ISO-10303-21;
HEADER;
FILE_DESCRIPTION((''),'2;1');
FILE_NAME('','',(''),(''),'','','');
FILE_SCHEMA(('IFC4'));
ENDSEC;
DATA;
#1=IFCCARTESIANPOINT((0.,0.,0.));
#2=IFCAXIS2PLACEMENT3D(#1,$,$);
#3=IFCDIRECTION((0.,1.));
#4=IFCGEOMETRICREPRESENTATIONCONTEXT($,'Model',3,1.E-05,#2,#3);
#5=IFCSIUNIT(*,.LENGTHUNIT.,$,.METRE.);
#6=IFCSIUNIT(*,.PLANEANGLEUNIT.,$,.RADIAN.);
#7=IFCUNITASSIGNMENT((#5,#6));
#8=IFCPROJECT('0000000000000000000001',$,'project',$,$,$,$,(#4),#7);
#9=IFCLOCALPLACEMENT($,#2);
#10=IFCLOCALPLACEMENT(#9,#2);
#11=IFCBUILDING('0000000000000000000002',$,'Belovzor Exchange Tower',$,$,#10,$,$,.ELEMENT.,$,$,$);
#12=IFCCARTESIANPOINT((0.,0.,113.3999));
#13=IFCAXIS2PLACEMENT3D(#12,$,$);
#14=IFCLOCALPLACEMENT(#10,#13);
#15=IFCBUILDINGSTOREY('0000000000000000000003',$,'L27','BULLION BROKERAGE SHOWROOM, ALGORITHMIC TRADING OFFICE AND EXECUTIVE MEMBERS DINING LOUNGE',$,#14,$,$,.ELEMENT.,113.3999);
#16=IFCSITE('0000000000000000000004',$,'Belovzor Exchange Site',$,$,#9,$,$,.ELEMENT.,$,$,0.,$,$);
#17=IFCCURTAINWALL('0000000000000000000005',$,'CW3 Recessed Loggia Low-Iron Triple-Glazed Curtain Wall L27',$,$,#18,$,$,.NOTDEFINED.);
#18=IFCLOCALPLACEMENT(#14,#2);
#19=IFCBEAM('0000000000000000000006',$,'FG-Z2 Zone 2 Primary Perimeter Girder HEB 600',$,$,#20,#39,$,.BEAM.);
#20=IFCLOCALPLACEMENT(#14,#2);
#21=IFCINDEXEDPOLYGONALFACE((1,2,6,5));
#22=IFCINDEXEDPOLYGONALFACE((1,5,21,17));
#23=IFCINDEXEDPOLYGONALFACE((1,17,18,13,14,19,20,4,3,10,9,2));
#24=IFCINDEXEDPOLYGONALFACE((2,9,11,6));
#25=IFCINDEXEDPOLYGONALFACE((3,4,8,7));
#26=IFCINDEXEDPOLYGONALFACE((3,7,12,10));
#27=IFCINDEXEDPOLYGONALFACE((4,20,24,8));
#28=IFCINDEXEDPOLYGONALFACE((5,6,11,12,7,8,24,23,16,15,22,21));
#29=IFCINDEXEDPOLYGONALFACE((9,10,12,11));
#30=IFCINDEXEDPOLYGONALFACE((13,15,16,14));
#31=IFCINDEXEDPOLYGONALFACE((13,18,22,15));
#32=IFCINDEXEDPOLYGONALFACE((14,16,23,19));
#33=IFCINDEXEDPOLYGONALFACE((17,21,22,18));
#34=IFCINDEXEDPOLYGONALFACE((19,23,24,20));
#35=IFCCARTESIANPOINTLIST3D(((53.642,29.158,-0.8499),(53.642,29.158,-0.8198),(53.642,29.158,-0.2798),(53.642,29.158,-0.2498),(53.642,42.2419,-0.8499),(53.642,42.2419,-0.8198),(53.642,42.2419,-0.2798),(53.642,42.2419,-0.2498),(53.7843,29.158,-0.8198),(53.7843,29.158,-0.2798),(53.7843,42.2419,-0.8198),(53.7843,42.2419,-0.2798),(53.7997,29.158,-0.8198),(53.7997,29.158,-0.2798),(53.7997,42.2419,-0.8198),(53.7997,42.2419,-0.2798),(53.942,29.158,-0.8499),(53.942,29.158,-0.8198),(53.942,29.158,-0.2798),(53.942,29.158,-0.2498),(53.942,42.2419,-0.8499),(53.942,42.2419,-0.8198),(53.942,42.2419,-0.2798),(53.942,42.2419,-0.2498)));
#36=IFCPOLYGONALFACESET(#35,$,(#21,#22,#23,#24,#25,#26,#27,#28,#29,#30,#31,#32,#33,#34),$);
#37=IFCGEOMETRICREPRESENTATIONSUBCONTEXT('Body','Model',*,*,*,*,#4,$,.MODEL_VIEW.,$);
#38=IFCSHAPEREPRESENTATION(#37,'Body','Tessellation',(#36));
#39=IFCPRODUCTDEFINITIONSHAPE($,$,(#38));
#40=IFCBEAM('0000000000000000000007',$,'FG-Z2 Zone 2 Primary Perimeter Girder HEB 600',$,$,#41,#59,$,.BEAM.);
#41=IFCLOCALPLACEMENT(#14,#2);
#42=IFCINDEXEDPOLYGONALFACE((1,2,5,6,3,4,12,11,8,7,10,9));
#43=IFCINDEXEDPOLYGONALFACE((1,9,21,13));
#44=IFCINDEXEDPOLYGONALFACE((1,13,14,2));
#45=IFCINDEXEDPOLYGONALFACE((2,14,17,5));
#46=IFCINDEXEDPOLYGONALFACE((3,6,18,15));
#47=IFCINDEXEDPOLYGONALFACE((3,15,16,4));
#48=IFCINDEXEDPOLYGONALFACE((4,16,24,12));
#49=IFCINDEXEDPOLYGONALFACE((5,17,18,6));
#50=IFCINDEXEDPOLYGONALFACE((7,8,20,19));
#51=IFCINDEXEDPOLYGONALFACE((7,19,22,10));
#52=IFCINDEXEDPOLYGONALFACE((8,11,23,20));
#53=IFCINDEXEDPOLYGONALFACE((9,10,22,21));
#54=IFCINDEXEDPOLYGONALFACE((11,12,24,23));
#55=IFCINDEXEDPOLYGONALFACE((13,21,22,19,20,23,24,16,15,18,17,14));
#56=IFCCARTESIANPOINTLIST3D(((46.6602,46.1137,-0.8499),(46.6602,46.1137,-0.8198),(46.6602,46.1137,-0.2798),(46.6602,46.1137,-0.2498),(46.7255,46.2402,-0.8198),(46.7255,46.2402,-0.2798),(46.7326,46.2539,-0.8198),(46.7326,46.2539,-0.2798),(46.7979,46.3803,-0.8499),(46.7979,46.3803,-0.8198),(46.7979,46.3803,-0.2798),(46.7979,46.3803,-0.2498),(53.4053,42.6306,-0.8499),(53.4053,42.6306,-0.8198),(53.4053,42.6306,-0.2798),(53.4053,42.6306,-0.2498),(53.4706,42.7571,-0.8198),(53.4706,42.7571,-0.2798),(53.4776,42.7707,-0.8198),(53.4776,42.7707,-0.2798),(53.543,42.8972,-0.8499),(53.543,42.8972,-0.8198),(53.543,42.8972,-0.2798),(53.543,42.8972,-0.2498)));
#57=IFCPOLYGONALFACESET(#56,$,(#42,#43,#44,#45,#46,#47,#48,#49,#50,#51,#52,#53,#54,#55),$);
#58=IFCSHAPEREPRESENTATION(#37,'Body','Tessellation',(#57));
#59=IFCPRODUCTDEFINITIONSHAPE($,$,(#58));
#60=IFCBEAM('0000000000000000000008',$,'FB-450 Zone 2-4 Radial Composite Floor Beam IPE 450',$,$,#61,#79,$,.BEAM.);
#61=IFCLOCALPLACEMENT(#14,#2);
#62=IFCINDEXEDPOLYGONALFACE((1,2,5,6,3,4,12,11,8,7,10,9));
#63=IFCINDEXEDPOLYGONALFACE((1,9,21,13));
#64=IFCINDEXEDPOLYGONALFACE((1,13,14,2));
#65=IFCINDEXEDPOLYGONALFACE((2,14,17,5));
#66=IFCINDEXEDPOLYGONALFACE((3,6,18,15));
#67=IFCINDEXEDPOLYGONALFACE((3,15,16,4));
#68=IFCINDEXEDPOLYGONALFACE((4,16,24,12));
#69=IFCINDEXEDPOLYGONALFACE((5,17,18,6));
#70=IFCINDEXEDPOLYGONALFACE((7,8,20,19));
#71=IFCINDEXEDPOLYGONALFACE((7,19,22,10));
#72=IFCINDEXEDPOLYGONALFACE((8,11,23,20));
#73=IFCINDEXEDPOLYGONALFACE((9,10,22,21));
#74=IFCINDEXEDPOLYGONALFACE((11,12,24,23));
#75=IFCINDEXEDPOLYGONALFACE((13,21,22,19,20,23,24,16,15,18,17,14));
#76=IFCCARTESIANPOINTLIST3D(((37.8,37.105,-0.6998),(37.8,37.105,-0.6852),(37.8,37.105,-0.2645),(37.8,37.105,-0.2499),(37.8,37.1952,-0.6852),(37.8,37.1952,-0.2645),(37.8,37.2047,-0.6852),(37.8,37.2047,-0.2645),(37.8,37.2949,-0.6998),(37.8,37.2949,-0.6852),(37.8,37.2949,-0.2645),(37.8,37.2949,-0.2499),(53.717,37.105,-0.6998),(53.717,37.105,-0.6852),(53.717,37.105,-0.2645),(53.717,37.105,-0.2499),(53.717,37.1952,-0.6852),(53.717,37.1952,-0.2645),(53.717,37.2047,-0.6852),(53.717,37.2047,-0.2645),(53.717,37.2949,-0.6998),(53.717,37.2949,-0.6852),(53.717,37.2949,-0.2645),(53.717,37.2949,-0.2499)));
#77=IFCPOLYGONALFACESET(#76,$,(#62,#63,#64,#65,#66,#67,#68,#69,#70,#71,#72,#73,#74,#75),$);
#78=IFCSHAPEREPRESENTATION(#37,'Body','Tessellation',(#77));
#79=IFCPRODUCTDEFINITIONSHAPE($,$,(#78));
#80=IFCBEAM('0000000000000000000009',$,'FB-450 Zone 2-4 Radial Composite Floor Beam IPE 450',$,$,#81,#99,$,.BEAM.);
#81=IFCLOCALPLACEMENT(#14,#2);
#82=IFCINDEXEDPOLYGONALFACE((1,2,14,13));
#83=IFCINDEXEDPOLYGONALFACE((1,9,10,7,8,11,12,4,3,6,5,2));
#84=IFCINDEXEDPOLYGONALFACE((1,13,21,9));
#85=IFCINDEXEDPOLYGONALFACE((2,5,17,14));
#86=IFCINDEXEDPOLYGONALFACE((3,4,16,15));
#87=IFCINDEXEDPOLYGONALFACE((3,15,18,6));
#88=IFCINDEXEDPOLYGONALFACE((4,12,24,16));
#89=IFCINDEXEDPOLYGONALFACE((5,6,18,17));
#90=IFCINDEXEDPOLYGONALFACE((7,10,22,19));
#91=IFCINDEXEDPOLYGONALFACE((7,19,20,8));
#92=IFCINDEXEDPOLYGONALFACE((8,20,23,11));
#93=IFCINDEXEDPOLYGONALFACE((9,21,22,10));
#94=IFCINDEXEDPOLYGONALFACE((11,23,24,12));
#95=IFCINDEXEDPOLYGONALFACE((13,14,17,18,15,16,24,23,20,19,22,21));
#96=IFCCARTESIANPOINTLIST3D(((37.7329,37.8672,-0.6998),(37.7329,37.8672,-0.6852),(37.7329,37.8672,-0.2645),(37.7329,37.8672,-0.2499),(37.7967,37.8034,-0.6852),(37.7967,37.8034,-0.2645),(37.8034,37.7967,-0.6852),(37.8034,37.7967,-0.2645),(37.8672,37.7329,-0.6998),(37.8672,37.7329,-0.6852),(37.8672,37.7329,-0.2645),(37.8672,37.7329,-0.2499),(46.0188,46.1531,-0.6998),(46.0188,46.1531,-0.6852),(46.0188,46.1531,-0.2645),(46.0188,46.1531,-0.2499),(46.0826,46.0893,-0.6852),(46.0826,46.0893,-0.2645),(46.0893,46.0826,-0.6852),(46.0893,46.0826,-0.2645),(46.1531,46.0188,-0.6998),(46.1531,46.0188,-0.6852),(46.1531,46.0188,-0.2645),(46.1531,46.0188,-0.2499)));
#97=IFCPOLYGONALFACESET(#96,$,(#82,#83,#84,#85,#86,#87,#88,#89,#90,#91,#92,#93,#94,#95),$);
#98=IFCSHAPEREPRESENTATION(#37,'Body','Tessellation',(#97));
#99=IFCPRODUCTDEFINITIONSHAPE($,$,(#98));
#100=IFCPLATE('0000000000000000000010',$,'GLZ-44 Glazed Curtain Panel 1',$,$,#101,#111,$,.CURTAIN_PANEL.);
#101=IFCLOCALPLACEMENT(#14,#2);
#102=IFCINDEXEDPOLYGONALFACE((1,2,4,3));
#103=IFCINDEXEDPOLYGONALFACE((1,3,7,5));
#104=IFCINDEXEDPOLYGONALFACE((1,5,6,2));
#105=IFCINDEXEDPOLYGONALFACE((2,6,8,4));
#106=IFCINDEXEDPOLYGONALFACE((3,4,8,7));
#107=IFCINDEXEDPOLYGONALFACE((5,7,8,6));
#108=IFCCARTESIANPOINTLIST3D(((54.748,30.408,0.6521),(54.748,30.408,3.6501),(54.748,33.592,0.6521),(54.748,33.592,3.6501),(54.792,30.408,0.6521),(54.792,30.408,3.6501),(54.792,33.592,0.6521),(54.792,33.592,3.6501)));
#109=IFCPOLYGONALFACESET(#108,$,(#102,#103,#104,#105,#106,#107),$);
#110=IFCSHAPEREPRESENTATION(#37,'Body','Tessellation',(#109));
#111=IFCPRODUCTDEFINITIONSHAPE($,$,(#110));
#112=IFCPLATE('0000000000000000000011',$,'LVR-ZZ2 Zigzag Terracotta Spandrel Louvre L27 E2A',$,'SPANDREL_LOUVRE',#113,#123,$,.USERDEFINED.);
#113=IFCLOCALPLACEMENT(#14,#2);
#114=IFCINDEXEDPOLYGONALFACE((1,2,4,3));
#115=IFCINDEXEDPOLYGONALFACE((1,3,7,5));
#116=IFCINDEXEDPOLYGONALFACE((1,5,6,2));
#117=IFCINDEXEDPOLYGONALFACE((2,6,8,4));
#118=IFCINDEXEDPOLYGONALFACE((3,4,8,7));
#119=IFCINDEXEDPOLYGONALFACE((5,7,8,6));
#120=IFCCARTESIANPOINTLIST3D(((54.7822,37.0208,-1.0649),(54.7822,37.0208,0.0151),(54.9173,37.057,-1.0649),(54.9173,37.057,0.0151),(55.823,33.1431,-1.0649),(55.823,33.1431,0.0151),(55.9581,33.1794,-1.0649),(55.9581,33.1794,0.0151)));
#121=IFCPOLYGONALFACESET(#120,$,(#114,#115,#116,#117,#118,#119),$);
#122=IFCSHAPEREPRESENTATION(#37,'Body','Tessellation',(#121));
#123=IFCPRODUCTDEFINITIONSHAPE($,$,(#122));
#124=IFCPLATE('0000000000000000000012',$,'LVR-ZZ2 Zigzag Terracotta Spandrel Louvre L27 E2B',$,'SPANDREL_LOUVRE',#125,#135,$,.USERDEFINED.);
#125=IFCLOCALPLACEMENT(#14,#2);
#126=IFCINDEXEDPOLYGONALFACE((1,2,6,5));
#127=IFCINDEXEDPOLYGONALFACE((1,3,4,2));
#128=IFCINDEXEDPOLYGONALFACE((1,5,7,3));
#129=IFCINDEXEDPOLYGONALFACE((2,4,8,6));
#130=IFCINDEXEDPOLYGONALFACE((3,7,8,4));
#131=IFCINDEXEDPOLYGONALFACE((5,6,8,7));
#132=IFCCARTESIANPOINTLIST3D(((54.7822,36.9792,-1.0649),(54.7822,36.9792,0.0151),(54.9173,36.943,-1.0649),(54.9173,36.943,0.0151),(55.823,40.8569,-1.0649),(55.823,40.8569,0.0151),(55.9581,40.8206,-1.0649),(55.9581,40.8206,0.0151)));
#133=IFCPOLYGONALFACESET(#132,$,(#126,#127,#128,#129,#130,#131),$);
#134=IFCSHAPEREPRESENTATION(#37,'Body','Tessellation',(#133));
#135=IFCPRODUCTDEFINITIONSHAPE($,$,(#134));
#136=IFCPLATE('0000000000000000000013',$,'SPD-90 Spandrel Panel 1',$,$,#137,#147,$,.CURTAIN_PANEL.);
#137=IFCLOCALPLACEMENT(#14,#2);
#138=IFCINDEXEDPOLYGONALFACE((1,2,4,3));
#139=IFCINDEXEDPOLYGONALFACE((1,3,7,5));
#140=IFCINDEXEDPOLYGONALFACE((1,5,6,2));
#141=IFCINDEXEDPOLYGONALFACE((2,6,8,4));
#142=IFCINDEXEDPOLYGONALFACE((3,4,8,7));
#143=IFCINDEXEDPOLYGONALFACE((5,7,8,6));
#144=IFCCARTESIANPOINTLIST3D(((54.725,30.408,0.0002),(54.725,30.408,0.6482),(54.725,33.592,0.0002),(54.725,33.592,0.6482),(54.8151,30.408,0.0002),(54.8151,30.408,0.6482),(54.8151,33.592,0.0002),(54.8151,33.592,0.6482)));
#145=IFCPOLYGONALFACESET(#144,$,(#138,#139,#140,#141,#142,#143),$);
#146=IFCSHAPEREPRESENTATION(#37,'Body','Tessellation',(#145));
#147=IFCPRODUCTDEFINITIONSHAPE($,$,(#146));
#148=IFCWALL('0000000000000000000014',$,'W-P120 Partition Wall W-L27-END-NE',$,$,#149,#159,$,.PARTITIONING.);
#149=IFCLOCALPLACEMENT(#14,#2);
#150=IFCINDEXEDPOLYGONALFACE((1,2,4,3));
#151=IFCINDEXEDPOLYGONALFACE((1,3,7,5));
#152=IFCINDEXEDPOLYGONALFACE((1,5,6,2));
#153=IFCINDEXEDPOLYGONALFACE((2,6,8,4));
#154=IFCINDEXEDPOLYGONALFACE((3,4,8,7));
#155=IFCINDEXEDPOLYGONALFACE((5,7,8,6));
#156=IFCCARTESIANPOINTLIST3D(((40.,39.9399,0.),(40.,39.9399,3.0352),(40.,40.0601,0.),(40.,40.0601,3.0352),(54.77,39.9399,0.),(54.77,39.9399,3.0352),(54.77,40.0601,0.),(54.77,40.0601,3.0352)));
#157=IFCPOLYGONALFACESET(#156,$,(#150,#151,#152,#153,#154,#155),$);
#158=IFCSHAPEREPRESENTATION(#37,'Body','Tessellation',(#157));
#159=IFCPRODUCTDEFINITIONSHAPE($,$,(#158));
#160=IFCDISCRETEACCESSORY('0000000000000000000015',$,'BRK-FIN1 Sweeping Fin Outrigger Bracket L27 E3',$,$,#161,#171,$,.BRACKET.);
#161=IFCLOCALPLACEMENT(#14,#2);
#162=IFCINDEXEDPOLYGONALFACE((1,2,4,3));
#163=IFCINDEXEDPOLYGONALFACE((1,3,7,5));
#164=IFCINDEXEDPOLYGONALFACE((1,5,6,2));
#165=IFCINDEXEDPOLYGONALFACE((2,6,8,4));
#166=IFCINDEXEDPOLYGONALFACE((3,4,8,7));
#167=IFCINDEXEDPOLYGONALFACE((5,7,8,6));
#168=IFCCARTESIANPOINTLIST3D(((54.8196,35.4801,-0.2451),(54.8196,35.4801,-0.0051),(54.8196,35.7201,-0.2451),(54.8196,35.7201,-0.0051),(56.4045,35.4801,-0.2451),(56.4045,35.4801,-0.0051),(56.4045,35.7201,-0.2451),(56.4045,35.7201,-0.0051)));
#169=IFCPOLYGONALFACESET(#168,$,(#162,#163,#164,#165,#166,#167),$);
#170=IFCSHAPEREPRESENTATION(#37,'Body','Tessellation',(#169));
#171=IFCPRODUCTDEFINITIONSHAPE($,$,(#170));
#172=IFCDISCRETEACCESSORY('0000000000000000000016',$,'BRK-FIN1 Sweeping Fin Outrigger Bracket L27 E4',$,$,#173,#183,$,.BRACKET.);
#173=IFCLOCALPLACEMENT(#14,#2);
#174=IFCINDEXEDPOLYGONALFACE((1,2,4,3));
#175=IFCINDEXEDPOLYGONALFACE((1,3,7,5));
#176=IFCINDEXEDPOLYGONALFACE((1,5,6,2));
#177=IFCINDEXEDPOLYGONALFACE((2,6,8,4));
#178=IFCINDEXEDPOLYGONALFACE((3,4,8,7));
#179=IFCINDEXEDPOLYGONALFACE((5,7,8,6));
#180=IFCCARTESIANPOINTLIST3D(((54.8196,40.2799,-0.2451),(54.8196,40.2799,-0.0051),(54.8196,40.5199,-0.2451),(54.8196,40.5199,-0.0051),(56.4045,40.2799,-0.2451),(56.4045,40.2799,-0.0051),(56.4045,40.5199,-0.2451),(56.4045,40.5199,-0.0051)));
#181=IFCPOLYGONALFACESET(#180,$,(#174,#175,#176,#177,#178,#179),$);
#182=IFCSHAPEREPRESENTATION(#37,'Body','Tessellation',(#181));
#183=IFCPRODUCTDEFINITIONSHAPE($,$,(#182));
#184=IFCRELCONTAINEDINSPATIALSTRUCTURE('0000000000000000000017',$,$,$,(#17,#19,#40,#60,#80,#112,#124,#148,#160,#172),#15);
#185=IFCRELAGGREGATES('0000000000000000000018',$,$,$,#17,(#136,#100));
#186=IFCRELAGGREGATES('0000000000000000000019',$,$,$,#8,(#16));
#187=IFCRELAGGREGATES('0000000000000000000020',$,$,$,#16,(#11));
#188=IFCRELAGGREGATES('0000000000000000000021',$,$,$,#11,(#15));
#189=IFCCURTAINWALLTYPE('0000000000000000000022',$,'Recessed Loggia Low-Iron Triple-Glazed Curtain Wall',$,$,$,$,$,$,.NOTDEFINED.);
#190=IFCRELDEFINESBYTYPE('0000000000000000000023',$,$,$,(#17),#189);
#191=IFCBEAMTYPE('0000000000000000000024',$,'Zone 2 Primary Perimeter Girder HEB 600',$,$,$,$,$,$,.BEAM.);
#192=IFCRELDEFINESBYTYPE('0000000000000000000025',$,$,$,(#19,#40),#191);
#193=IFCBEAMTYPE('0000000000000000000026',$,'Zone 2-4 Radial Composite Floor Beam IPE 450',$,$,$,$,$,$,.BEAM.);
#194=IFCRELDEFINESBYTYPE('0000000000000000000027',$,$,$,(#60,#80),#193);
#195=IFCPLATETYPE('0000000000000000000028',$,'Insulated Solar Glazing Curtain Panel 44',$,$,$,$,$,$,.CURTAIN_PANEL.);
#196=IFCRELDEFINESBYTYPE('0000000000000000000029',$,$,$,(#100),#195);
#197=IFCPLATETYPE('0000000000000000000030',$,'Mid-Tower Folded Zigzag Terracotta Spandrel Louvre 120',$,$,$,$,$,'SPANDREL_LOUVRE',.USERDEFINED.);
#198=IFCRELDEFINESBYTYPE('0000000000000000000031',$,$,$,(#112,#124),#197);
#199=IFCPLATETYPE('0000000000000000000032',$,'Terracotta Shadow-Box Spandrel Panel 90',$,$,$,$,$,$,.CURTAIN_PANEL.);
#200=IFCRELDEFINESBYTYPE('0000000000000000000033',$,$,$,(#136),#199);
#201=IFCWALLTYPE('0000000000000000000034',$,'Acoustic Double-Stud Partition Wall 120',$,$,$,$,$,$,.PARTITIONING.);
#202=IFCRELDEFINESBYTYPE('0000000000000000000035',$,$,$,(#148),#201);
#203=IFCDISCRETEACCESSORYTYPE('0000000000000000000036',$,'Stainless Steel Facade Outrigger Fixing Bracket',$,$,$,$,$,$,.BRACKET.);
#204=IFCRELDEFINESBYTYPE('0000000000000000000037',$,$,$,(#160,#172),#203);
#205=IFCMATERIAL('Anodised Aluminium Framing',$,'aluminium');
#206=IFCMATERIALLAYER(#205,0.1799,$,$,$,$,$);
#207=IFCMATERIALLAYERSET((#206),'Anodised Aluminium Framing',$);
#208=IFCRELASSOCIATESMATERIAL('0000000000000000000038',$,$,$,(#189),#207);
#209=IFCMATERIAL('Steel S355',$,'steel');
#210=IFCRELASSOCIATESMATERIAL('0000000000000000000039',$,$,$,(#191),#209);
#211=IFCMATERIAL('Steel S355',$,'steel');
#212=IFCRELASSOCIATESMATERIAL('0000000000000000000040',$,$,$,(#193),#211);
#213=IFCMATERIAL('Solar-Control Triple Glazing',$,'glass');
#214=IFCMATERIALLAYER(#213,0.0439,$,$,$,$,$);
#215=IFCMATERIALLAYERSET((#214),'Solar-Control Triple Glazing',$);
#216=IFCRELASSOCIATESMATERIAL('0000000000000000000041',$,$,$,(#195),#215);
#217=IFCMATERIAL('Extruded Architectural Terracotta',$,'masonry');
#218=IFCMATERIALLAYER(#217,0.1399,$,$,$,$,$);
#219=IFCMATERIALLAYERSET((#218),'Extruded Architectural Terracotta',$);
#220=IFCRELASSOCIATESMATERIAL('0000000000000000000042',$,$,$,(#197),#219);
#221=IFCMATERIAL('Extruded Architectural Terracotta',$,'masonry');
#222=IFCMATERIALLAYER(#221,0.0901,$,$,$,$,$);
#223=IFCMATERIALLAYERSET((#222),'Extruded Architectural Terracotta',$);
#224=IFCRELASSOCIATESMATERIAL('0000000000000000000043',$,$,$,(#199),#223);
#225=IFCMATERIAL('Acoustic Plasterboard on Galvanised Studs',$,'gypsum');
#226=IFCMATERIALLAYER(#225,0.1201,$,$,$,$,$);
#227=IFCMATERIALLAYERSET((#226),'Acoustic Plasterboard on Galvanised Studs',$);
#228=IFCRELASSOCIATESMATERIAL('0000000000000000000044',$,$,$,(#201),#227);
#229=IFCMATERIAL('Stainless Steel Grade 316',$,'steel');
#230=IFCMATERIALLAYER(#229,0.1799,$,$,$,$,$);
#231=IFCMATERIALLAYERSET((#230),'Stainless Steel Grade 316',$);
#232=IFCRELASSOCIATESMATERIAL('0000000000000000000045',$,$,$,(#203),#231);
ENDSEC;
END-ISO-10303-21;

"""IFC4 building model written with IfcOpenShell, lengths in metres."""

from ifc_helpers import new_model, si_unit, direction, frame, frame_2d, origin, origin_2d, place, context, subcontext, project, spatial, rectangle, i_section, extrude, material, layer, layer_set, material_profile, profile_set, type_object, element, aggregate, save


model = new_model("IFC4")

# Units and contexts
model_context = context("Model", 3, precision=1e-05, world=origin(), true_north=direction((0.0, 1.0)))
body_context = subcontext(model_context, "Body", "Model", "MODEL_VIEW")
ifc_project = project(units=[si_unit("LENGTHUNIT", "METRE"), si_unit("PLANEANGLEUNIT", "RADIAN")], contexts=[model_context])

# Site, building, storey
site_placement = place(None, origin())
site = spatial("IfcSite", under=ifc_project, at=site_placement, Name="Belovzor Exchange Site", CompositionType="ELEMENT", RefElevation=0.0)
building_placement = place(site_placement, origin())
building = spatial("IfcBuilding", under=site, at=building_placement, Name="Belovzor Exchange Tower", CompositionType="ELEMENT")
storey_placement = place(building_placement, frame((0.0, 0.0, 113.3999)))
storey = spatial("IfcBuildingStorey", under=building, at=storey_placement, Name="L27", Description="BULLION BROKERAGE SHOWROOM, ALGORITHMIC TRADING OFFICE AND EXECUTIVE MEMBERS DINING LOUNGE", CompositionType="ELEMENT", Elevation=113.3999)

# Curtain wall
ifc_material_1 = material(Name="Anodised Aluminium Framing", Category="aluminium")
ifc_layer_1 = layer(ifc_material_1, 0.1799)
ifc_layer_set_1 = layer_set([ifc_layer_1], Name="Anodised Aluminium Framing")
curtain_wall_type = type_object("IfcCurtainWallType", Name="Recessed Loggia Low-Iron Triple-Glazed Curtain Wall", PredefinedType="NOTDEFINED", material=ifc_layer_set_1)
curtain_wall_placement = place(storey_placement, origin())
curtain_wall = element("IfcCurtainWall", 1, at=curtain_wall_placement, inside=storey, type_object=curtain_wall_type, Name="CW3 Recessed Loggia Low-Iron Triple-Glazed Curtain Wall L27", PredefinedType="NOTDEFINED")

# Beams
ifc_material_2 = material(Name="Steel S355", Category="steel")
ifc_material_profile_1 = material_profile(ifc_material_2, i_section(OverallWidth=0.3, OverallDepth=0.6001, WebThickness=0.0154, FlangeThickness=0.03, at=origin_2d()))
ifc_profile_set_1 = profile_set([ifc_material_profile_1], Name="Steel S355")
beam_type_1 = type_object("IfcBeamType", Name="Zone 2 Primary Perimeter Girder HEB 600", PredefinedType="BEAM", material=ifc_profile_set_1)
beam_1_placement = place(storey_placement, frame((53.792, 29.158, -0.5498), z_axis=(0.0, 1.0, 0.0), x_axis=(-1.0, 0.0, 0.0)))
element("IfcBeam", 2, at=beam_1_placement, inside=storey, type_object=beam_type_1, Name="FG-Z2 Zone 2 Primary Perimeter Girder HEB 600", PredefinedType="BEAM", context=body_context, shape_type="SweptSolid", body=[
    extrude(i_section(OverallWidth=0.3, OverallDepth=0.6001, WebThickness=0.0154, FlangeThickness=0.03, at=origin_2d()), origin(), (0.0, 0.0, 1.0), 13.084),
])
beam_2_placement = place(storey_placement, frame((53.4741, 42.7639, -0.5498), z_axis=(-0.888524, 0.458831, 0.0), x_axis=(-0.458831, -0.888524, 0.0)))
element("IfcBeam", 3, at=beam_2_placement, inside=storey, type_object=beam_type_1, Name="FG-Z2 Zone 2 Primary Perimeter Girder HEB 600", PredefinedType="BEAM", context=body_context, shape_type="SweptSolid", body=[
    extrude(i_section(OverallWidth=0.3, OverallDepth=0.6001, WebThickness=0.0154, FlangeThickness=0.03, at=origin_2d()), origin(), (0.0, 0.0, 1.0), 7.5913),
])
ifc_material_3 = material(Name="Steel S355", Category="steel")
ifc_material_profile_2 = material_profile(ifc_material_3, i_section(OverallWidth=0.1899, OverallDepth=0.45, WebThickness=0.0095, FlangeThickness=0.0146, at=origin_2d()))
ifc_profile_set_2 = profile_set([ifc_material_profile_2], Name="Steel S355")
beam_type_2 = type_object("IfcBeamType", Name="Zone 2-4 Radial Composite Floor Beam IPE 450", PredefinedType="BEAM", material=ifc_profile_set_2)
beam_3_placement = place(storey_placement, frame((37.8, 37.2, -0.4749), z_axis=(1.0, 0.0, 0.0), x_axis=(0.0, 1.0, 0.0)))
element("IfcBeam", 4, at=beam_3_placement, inside=storey, type_object=beam_type_2, Name="FB-450 Zone 2-4 Radial Composite Floor Beam IPE 450", PredefinedType="BEAM", context=body_context, shape_type="SweptSolid", body=[
    extrude(i_section(OverallWidth=0.1899, OverallDepth=0.45, WebThickness=0.0095, FlangeThickness=0.0146, at=origin_2d()), origin(), (0.0, 0.0, 1.0), 15.917),
])
beam_4_placement = place(storey_placement, frame((37.8, 37.8, -0.4749), z_axis=(0.707107, 0.707107, 0.0), x_axis=(-0.707107, 0.707107, 0.0)))
element("IfcBeam", 5, at=beam_4_placement, inside=storey, type_object=beam_type_2, Name="FB-450 Zone 2-4 Radial Composite Floor Beam IPE 450", PredefinedType="BEAM", context=body_context, shape_type="SweptSolid", body=[
    extrude(i_section(OverallWidth=0.1899, OverallDepth=0.45, WebThickness=0.0095, FlangeThickness=0.0146, at=origin_2d()), origin(), (0.0, 0.0, 1.0), 11.718),
])

# Plate
ifc_material_4 = material(Name="Solar-Control Triple Glazing", Category="glass")
ifc_layer_2 = layer(ifc_material_4, 0.0439)
ifc_layer_set_2 = layer_set([ifc_layer_2], Name="Solar-Control Triple Glazing")
plate_type_1 = type_object("IfcPlateType", Name="Insulated Solar Glazing Curtain Panel 44", PredefinedType="CURTAIN_PANEL", material=ifc_layer_set_2)
plate_1_placement = place(storey_placement, frame((54.77, 32.0, 0.6521), z_axis=(0.0, 0.0, 1.0), x_axis=(0.0, -1.0, 0.0)))
plate_1 = element("IfcPlate", 6, at=plate_1_placement, type_object=plate_type_1, Name="GLZ-44 Glazed Curtain Panel 1", PredefinedType="CURTAIN_PANEL", context=body_context, shape_type="SweptSolid", body=[
    extrude(rectangle(XDim=3.1841, YDim=0.0439, at=origin_2d()), origin(), (0.0, 0.0, 1.0), 2.998),
])

# Plates
ifc_material_5 = material(Name="Extruded Architectural Terracotta", Category="masonry")
ifc_layer_3 = layer(ifc_material_5, 0.1399)
ifc_layer_set_3 = layer_set([ifc_layer_3], Name="Extruded Architectural Terracotta")
plate_type_2 = type_object("IfcPlateType", Name="Mid-Tower Folded Zigzag Terracotta Spandrel Louvre 120", ElementType="SPANDREL_LOUVRE", PredefinedType="USERDEFINED", material=ifc_layer_set_3)
for number, where, z_axis, x_axis, name in (
    (7, (55.3701, 35.1001, -1.0649), (0.0, 0.0, 1.0), (-0.25924, 0.965813, 0.0), "LVR-ZZ2 Zigzag Terracotta Spandrel Louvre L27 E2A"),
    (8, (55.3701, 38.8999, -1.0649), (0.0, 0.0, 1.0), (0.25924, 0.965813, 0.0), "LVR-ZZ2 Zigzag Terracotta Spandrel Louvre L27 E2B"),
):
    element("IfcPlate", number, at=place(storey_placement, frame(where, z_axis=z_axis, x_axis=x_axis)), inside=storey, type_object=plate_type_2, Name=name, ObjectType="SPANDREL_LOUVRE", PredefinedType="USERDEFINED", context=body_context, shape_type="SweptSolid", body=[
        extrude(rectangle(XDim=4.0149, YDim=0.1399, at=origin_2d()), origin(), (0.0, 0.0, 1.0), 1.0801),
    ])

# Plate
ifc_material_6 = material(Name="Extruded Architectural Terracotta", Category="masonry")
ifc_layer_4 = layer(ifc_material_6, 0.0901)
ifc_layer_set_4 = layer_set([ifc_layer_4], Name="Extruded Architectural Terracotta")
plate_type_3 = type_object("IfcPlateType", Name="Terracotta Shadow-Box Spandrel Panel 90", PredefinedType="CURTAIN_PANEL", material=ifc_layer_set_4)
plate_2_placement = place(storey_placement, frame((54.77, 32.0, 0.0002), z_axis=(0.0, 0.0, 1.0), x_axis=(0.0, -1.0, 0.0)))
plate_2 = element("IfcPlate", 9, at=plate_2_placement, type_object=plate_type_3, Name="SPD-90 Spandrel Panel 1", PredefinedType="CURTAIN_PANEL", context=body_context, shape_type="SweptSolid", body=[
    extrude(rectangle(XDim=3.1841, YDim=0.0901, at=origin_2d()), origin(), (0.0, 0.0, 1.0), 0.6479),
])
aggregate(curtain_wall, [plate_2, plate_1])

# Wall
ifc_material_7 = material(Name="Acoustic Plasterboard on Galvanised Studs", Category="gypsum")
ifc_layer_5 = layer(ifc_material_7, 0.1201)
ifc_layer_set_5 = layer_set([ifc_layer_5], Name="Acoustic Plasterboard on Galvanised Studs")
wall_type = type_object("IfcWallType", Name="Acoustic Double-Stud Partition Wall 120", PredefinedType="PARTITIONING", material=ifc_layer_set_5)
wall_placement = place(storey_placement, frame((40.0, 40.0, 0.0), z_axis=(0.0, 0.0, 1.0), x_axis=(1.0, 0.0, 0.0)))
element("IfcWall", 10, at=wall_placement, inside=storey, type_object=wall_type, Name="W-P120 Partition Wall W-L27-END-NE", PredefinedType="PARTITIONING", context=body_context, shape_type="SweptSolid", body=[
    extrude(rectangle(XDim=14.77, YDim=0.1201, at=frame_2d((7.385, 0.0))), origin(), (0.0, 0.0, 1.0), 3.0352),
])

# Discrete accessories
ifc_material_8 = material(Name="Stainless Steel Grade 316", Category="steel")
ifc_layer_6 = layer(ifc_material_8, 0.1799)
ifc_layer_set_6 = layer_set([ifc_layer_6], Name="Stainless Steel Grade 316")
discrete_accessory_type = type_object("IfcDiscreteAccessoryType", Name="Stainless Steel Facade Outrigger Fixing Bracket", PredefinedType="BRACKET", material=ifc_layer_set_6)
for number, where, z_axis, x_axis, name in (
    (11, (55.6121, 35.6001, -0.2451), (0.0, 0.0, 1.0), (1.0, 0.0, 0.0), "BRK-FIN1 Sweeping Fin Outrigger Bracket L27 E3"),
    (12, (55.6121, 40.3999, -0.2451), (0.0, 0.0, 1.0), (1.0, 0.0, 0.0), "BRK-FIN1 Sweeping Fin Outrigger Bracket L27 E4"),
):
    element("IfcDiscreteAccessory", number, at=place(storey_placement, frame(where, z_axis=z_axis, x_axis=x_axis)), inside=storey, type_object=discrete_accessory_type, Name=name, PredefinedType="BRACKET", context=body_context, shape_type="SweptSolid", body=[
        extrude(rectangle(XDim=1.585, YDim=0.24, at=origin_2d()), origin(), (0.0, 0.0, 1.0), 0.24),
    ])

save(model, "model.ifc")
